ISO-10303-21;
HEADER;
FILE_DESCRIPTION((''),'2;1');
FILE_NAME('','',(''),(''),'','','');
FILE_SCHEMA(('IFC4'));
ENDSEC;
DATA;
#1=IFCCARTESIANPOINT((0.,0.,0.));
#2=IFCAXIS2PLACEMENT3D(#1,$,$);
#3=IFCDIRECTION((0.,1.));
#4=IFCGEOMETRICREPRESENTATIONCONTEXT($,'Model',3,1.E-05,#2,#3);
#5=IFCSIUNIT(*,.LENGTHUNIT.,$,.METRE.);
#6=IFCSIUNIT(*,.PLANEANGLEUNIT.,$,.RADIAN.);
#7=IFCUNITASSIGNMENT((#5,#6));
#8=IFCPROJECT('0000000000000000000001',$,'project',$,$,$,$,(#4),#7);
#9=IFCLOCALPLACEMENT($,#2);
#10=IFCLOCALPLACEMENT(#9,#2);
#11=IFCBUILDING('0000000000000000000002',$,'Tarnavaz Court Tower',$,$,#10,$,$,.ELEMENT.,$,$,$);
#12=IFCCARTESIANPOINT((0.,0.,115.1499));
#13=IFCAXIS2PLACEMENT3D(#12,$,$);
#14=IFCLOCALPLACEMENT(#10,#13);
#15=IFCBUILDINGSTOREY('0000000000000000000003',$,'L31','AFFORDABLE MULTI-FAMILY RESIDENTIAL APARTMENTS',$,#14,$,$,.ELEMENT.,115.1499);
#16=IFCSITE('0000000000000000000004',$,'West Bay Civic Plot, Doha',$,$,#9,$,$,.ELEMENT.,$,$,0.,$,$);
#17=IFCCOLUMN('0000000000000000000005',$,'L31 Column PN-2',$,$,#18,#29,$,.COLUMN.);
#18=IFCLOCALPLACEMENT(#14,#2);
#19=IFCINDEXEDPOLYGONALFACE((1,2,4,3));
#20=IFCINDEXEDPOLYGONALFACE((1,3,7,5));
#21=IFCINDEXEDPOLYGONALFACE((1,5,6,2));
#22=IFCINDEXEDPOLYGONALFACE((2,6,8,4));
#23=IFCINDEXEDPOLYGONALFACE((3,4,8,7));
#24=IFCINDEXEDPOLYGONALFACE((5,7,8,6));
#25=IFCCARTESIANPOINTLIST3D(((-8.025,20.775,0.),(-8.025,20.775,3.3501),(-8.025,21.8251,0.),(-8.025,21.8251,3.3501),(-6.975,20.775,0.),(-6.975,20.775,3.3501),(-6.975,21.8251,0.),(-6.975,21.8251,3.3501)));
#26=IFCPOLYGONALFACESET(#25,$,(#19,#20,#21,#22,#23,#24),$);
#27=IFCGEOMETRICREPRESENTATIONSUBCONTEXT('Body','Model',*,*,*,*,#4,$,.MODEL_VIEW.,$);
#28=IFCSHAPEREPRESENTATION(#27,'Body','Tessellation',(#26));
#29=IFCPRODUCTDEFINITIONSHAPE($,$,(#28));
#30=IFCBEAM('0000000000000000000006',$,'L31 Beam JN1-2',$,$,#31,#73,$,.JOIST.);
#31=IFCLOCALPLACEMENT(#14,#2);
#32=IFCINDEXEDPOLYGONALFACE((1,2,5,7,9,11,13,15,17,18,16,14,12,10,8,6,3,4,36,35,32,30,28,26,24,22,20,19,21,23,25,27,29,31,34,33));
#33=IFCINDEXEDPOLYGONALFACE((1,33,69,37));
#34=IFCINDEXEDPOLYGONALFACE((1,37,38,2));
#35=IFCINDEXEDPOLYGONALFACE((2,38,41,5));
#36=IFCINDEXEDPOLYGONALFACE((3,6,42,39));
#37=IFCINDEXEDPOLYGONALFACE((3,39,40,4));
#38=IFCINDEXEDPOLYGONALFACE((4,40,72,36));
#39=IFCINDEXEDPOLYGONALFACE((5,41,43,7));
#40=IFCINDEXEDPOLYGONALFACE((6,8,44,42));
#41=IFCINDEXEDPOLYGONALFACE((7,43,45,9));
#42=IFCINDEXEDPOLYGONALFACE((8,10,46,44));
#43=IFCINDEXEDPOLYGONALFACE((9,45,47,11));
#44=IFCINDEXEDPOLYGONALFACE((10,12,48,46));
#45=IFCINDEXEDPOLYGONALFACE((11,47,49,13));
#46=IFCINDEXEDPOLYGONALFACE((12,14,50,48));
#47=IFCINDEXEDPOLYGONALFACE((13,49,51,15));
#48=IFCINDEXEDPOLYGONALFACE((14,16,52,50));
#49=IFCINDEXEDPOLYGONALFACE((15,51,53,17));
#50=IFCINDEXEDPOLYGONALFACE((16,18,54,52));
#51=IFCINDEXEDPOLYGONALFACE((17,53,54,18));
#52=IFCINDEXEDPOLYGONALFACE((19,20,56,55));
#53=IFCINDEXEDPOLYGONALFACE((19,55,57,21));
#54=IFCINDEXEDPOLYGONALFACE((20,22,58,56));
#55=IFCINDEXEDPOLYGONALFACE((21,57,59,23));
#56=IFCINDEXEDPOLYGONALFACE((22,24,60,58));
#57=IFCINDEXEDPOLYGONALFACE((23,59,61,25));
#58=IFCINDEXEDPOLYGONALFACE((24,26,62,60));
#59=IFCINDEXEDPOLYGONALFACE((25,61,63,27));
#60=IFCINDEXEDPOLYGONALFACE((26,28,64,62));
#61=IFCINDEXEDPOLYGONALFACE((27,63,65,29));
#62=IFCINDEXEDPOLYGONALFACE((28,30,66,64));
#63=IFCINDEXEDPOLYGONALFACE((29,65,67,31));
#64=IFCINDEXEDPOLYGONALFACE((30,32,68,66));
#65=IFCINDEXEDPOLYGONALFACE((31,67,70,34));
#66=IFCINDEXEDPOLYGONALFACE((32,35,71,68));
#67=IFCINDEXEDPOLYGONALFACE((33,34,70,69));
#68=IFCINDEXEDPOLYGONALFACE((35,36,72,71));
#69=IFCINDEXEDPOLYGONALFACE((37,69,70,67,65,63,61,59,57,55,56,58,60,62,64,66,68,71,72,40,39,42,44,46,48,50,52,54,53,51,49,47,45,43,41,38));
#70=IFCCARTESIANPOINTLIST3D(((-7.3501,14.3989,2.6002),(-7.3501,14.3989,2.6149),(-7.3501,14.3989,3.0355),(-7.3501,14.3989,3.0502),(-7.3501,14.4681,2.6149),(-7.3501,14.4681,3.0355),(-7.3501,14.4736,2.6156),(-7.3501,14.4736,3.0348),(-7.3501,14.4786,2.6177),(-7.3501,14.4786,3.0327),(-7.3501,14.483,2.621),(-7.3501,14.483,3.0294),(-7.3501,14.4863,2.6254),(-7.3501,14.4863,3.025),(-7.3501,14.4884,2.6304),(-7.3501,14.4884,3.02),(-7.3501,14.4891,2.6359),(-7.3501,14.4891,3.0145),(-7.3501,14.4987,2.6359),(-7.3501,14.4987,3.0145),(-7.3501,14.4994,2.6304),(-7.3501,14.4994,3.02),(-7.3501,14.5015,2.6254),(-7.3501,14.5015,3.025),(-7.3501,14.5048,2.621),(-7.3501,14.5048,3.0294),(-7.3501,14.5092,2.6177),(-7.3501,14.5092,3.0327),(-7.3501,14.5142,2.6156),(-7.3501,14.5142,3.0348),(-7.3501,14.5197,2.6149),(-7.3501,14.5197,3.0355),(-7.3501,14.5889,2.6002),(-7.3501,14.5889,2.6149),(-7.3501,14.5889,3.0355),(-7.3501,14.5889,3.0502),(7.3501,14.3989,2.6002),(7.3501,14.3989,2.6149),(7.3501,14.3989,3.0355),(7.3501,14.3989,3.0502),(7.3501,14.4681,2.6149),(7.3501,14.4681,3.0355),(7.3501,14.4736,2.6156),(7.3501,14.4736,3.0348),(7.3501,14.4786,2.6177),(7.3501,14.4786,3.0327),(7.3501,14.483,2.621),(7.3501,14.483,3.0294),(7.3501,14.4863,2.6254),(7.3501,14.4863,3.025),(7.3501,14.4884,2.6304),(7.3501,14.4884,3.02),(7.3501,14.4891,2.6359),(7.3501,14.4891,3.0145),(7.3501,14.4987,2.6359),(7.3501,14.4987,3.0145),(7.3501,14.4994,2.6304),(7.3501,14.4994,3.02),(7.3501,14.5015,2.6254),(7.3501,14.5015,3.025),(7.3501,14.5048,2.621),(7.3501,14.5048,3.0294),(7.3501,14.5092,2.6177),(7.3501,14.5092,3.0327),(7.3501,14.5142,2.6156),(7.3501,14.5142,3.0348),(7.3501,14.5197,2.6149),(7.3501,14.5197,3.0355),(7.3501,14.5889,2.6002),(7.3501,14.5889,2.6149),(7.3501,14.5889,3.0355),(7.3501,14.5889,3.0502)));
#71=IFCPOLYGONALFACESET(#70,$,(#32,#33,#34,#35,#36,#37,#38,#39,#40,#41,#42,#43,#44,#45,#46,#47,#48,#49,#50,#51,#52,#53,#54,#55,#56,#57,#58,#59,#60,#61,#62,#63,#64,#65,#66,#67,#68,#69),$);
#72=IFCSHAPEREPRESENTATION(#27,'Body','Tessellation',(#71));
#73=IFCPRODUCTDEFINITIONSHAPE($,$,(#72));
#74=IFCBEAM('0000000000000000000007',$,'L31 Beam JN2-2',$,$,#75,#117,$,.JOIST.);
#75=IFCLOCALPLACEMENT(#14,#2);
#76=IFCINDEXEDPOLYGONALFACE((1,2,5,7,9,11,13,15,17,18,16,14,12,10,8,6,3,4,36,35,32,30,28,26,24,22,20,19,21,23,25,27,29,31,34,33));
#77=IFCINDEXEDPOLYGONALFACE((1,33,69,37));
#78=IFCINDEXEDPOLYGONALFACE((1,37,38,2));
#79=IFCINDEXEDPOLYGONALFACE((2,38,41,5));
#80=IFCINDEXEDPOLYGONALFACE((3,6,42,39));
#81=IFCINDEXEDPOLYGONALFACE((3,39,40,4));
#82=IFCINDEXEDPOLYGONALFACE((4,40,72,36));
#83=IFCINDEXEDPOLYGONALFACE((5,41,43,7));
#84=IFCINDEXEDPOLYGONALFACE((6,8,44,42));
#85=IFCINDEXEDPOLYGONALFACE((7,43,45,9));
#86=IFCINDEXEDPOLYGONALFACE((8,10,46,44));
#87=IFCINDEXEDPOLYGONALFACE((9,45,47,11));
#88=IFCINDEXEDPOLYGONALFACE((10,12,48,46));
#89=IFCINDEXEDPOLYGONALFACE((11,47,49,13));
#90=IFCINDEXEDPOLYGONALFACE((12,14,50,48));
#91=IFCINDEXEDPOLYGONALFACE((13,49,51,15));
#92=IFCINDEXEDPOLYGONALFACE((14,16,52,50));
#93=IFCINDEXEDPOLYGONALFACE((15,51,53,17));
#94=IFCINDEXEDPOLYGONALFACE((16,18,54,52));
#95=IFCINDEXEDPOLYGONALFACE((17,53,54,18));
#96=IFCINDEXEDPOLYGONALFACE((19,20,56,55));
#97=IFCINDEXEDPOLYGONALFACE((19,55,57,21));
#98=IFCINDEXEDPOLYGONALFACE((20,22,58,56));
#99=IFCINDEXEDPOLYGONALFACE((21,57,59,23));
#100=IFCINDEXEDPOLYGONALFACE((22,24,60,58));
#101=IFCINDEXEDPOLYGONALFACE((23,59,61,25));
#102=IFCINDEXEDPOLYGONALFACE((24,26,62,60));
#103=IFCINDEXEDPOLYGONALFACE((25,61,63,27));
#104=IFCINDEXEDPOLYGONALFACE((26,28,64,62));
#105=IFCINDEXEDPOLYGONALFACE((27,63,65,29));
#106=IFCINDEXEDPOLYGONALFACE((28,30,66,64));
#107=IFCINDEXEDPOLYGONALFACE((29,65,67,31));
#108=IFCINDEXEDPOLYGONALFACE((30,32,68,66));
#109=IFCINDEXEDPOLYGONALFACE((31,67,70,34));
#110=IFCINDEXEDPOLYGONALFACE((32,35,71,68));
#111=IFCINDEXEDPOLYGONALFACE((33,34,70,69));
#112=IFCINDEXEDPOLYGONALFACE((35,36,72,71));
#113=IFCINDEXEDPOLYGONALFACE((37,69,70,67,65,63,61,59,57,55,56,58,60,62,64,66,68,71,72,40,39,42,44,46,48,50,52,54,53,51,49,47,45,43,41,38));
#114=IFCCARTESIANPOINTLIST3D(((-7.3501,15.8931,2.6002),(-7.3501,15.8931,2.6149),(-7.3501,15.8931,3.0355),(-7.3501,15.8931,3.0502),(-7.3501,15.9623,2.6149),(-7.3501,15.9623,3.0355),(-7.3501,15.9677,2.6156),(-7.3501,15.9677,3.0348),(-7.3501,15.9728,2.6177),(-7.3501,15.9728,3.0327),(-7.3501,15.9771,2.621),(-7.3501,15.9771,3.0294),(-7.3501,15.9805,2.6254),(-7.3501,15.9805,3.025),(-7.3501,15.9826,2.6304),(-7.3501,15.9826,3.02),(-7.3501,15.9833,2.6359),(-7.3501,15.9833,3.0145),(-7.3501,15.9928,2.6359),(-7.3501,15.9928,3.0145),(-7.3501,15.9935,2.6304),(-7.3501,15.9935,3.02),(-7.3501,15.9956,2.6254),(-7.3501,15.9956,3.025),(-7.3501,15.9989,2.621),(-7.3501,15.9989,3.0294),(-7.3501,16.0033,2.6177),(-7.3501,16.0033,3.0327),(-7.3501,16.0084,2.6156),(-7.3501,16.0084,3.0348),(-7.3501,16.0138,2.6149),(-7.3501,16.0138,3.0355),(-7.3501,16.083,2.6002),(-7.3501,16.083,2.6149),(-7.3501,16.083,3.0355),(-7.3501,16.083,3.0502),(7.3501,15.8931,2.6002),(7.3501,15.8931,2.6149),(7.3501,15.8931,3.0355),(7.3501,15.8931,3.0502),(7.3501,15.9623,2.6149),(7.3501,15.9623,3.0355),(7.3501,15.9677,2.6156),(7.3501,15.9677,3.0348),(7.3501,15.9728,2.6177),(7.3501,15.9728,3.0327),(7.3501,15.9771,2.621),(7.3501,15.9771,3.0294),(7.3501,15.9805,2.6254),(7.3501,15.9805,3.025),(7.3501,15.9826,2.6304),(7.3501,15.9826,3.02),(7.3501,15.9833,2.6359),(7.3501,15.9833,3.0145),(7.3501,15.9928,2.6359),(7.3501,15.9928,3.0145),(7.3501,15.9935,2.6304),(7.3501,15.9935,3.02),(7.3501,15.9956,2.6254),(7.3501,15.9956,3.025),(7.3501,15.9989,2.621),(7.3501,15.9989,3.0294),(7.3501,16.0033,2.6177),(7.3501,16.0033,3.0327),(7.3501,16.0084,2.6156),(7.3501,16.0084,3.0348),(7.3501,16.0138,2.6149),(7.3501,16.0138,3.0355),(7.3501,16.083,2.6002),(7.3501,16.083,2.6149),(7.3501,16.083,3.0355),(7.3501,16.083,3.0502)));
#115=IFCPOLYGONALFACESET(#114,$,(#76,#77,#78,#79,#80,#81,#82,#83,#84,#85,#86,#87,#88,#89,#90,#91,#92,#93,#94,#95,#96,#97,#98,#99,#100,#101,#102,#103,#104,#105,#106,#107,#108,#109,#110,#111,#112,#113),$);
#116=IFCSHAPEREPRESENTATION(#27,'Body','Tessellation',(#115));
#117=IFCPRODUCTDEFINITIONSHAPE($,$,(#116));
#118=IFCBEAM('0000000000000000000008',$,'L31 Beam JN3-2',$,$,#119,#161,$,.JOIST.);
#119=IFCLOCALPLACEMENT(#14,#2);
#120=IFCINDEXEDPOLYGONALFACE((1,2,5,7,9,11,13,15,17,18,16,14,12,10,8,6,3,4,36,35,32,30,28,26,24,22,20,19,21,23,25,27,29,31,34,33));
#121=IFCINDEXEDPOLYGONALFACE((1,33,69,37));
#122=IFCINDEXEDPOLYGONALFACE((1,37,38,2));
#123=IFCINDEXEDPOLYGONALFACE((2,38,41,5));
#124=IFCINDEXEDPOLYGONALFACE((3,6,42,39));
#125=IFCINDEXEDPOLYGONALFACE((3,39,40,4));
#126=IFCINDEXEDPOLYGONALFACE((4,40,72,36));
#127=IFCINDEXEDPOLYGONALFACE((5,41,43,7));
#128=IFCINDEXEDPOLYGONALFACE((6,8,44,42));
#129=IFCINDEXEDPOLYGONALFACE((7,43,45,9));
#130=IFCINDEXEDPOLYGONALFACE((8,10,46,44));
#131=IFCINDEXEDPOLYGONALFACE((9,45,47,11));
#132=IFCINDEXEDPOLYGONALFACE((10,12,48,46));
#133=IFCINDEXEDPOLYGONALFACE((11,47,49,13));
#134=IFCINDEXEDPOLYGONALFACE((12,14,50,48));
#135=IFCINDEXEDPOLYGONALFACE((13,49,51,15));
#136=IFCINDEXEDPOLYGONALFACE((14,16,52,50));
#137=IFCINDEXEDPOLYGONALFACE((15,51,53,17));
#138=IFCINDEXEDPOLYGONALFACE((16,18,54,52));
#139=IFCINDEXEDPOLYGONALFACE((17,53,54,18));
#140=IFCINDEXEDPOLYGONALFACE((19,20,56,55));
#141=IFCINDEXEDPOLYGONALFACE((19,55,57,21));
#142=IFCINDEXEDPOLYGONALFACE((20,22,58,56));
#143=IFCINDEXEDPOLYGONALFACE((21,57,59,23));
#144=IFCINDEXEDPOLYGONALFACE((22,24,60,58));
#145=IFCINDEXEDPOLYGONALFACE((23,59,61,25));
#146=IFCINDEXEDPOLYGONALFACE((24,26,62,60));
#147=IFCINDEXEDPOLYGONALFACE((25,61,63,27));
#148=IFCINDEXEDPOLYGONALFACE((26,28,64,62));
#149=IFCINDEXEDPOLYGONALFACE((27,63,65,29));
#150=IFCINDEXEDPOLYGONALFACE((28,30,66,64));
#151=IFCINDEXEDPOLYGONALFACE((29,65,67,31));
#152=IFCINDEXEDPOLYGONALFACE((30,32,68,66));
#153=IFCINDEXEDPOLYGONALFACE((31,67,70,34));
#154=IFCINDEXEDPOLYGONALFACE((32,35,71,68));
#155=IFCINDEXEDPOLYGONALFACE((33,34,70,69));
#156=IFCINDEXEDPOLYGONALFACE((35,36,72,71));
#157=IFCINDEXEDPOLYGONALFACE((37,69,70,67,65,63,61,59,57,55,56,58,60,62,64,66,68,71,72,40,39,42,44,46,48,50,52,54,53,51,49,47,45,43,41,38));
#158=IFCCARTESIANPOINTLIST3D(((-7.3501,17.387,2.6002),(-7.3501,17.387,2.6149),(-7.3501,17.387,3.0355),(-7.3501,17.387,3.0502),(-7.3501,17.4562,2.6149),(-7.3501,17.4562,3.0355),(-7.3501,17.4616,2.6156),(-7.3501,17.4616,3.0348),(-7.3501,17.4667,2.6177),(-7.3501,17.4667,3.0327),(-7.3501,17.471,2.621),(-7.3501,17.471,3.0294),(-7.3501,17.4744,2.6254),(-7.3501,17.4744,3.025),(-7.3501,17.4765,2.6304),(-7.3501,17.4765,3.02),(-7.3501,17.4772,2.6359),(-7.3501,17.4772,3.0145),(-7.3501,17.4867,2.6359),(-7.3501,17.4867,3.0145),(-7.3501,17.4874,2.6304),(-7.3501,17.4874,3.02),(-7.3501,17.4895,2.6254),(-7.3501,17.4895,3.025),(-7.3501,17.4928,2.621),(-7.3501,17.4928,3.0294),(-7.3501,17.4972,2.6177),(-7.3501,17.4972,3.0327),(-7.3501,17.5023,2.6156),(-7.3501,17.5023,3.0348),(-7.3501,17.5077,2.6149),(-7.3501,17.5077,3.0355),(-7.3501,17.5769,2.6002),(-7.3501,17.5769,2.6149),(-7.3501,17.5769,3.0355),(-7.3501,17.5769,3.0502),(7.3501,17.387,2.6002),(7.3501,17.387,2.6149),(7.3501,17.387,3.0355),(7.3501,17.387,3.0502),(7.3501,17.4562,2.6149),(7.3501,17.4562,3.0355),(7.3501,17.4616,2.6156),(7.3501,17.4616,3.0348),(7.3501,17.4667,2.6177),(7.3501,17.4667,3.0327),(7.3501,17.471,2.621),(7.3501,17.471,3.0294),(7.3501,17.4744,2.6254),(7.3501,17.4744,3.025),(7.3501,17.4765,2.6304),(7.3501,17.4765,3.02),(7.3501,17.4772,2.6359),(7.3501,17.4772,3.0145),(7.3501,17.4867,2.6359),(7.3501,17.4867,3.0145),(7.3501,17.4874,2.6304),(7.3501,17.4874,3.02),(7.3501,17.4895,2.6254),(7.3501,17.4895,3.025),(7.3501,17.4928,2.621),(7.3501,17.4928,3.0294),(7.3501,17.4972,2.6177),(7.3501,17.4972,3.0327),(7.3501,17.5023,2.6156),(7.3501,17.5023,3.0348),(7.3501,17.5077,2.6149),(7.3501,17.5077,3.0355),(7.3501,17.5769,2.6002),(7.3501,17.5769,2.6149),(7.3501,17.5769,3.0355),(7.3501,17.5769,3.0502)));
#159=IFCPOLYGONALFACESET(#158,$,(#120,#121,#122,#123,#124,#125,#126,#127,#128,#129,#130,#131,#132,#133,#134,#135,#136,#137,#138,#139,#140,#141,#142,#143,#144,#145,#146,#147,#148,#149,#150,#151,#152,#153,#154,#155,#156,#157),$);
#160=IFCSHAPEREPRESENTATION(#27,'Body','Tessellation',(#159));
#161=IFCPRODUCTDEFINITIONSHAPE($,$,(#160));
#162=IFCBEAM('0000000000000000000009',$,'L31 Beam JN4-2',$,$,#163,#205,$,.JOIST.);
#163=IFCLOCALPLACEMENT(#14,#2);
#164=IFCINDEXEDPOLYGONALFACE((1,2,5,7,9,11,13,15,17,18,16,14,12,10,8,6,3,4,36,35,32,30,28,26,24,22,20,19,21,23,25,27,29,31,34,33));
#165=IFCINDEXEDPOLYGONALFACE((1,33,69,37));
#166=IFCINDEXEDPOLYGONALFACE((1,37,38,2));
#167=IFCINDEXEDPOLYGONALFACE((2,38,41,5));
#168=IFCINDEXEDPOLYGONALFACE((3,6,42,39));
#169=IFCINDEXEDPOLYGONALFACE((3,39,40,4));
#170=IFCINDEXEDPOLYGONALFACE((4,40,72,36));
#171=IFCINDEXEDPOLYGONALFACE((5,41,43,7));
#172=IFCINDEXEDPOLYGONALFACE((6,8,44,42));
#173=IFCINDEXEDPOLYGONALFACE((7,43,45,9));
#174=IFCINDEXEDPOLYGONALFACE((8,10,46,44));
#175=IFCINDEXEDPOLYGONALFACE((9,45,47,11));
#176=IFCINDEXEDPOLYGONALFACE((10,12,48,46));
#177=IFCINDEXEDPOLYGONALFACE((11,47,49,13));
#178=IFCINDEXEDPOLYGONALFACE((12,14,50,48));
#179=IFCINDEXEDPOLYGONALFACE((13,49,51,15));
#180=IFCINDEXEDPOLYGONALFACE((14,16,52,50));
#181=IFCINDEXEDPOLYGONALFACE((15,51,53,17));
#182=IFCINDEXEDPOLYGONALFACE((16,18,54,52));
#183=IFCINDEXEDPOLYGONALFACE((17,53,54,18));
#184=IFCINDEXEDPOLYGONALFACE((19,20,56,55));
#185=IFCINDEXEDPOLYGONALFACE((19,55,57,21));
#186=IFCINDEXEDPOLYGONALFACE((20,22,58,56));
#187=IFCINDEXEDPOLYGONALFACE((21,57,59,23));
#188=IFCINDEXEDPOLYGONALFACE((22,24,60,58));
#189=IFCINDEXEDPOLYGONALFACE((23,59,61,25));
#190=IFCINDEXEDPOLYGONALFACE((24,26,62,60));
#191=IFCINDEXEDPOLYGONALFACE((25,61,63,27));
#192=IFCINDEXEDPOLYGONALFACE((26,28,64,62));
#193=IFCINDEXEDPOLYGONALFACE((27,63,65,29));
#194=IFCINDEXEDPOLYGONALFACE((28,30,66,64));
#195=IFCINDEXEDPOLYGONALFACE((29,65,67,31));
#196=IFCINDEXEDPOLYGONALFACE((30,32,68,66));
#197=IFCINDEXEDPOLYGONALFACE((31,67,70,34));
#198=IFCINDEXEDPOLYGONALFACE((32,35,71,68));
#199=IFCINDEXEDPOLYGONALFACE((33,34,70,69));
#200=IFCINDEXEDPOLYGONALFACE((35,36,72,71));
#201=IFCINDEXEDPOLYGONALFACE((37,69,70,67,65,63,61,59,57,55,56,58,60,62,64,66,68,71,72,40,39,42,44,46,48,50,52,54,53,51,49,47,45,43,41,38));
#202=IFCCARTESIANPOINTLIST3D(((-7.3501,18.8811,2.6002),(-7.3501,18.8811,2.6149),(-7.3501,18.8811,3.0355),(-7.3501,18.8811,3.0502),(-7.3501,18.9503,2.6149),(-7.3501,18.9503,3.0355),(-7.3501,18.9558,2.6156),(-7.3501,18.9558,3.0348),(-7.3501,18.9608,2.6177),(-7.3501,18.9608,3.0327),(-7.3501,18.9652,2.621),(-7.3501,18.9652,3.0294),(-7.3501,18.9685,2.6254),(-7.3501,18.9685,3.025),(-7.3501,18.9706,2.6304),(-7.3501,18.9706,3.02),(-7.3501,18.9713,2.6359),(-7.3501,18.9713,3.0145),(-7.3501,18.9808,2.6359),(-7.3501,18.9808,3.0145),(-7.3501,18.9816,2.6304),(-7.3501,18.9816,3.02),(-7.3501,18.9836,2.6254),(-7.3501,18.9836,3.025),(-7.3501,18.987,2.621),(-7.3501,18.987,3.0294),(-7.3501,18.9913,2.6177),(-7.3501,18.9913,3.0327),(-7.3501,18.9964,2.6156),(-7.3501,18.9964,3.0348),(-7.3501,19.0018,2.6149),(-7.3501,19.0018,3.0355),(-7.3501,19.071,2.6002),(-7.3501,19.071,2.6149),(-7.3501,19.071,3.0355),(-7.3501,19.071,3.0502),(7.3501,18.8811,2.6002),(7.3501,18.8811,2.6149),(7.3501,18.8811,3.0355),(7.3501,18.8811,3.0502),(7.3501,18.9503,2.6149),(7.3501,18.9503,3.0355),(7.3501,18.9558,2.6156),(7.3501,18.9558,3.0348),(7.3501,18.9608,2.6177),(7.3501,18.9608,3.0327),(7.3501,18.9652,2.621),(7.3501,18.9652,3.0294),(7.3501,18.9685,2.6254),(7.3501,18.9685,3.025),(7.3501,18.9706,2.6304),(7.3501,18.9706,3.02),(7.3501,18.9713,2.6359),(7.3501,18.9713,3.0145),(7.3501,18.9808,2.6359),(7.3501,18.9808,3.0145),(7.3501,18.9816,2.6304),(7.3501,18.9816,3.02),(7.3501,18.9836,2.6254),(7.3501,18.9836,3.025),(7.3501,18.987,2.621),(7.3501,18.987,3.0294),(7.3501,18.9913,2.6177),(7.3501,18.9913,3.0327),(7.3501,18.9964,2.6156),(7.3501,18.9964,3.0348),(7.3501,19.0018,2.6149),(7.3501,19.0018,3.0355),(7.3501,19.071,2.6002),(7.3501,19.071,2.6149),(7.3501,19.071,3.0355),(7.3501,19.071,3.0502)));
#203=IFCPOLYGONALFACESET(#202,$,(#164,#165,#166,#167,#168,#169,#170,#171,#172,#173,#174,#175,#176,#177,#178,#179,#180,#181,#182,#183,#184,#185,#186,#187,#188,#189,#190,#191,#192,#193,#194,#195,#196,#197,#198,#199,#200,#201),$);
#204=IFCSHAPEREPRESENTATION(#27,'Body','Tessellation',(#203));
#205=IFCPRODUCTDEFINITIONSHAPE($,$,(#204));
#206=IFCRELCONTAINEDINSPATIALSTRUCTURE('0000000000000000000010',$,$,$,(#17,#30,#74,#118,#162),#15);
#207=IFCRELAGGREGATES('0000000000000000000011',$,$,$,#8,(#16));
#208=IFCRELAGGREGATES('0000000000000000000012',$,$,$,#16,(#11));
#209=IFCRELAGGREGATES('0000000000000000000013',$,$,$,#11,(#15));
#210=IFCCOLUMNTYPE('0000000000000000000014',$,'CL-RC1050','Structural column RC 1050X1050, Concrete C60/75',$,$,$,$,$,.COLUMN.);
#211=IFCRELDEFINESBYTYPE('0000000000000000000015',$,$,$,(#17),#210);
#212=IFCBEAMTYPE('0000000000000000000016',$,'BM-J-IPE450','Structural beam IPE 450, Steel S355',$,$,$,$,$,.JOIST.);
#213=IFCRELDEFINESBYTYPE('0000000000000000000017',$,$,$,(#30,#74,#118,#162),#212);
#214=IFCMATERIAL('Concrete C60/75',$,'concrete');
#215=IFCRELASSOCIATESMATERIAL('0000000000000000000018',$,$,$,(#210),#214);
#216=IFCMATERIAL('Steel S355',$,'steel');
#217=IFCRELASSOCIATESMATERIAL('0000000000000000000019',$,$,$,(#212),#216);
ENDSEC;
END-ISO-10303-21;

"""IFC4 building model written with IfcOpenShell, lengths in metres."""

from ifc_helpers import new_model, si_unit, direction, frame, origin, origin_2d, place, context, subcontext, project, spatial, rectangle, i_section, extrude, material, material_profile, profile_set, type_object, element, save


model = new_model("IFC4")

# Units and contexts
model_context = context("Model", 3, precision=1e-05, world=origin(), true_north=direction((0.0, 1.0)))
body_context = subcontext(model_context, "Body", "Model", "MODEL_VIEW")
ifc_project = project(units=[si_unit("LENGTHUNIT", "METRE"), si_unit("PLANEANGLEUNIT", "RADIAN")], contexts=[model_context])

# Site, building, storey
site_placement = place(None, origin())
site = spatial("IfcSite", under=ifc_project, at=site_placement, Name="West Bay Civic Plot, Doha", CompositionType="ELEMENT", RefElevation=0.0)
building_placement = place(site_placement, origin())
building = spatial("IfcBuilding", under=site, at=building_placement, Name="Tarnavaz Court Tower", CompositionType="ELEMENT")
storey_placement = place(building_placement, frame((0.0, 0.0, 115.1499)))
storey = spatial("IfcBuildingStorey", under=building, at=storey_placement, Name="L31", Description="AFFORDABLE MULTI-FAMILY RESIDENTIAL APARTMENTS", CompositionType="ELEMENT", Elevation=115.1499)

# Column
ifc_material_1 = material(Name="Concrete C60/75", Category="concrete")
ifc_material_profile_1 = material_profile(ifc_material_1, rectangle(XDim=1.05, YDim=1.05, at=origin_2d()), Name="RC 1050X1050")
ifc_profile_set_1 = profile_set([ifc_material_profile_1], Name="Concrete C60/75")
column_type = type_object("IfcColumnType", Name="CL-RC1050", Description="Structural column RC 1050X1050, Concrete C60/75", PredefinedType="COLUMN", material=ifc_profile_set_1)
column_placement = place(storey_placement, frame((-7.5, 21.3, 0.0), z_axis=(0.0, 0.0, 1.0), x_axis=(1.0, 0.0, 0.0)))
element("IfcColumn", 1, at=column_placement, inside=storey, type_object=column_type, Name="L31 Column PN-2", PredefinedType="COLUMN", context=body_context, shape_type="SweptSolid", body=[
    extrude(rectangle(XDim=1.05, YDim=1.05, at=origin_2d()), origin(), (0.0, 0.0, 1.0), 3.3501),
])

# Beams
ifc_material_2 = material(Name="Steel S355", Category="steel")
ifc_material_profile_2 = material_profile(ifc_material_2, i_section(OverallWidth=0.1899, OverallDepth=0.45, WebThickness=0.0095, FlangeThickness=0.0146, FilletRadius=0.021, at=origin_2d()), Name="IPE 450")
ifc_profile_set_2 = profile_set([ifc_material_profile_2], Name="Steel S355")
beam_type_1 = type_object("IfcBeamType", Name="BM-J-IPE450", Description="Structural beam IPE 450, Steel S355", PredefinedType="JOIST", material=ifc_profile_set_2)
for number, where, z_axis, x_axis, name in (
    (2, (-7.3501, 14.4939, 2.8252), (1.0, 0.0, 0.0), (0.0, 1.0, 0.0), "L31 Beam JN1-2"),
    (3, (-7.3501, 15.988, 2.8252), (1.0, 0.0, 0.0), (0.0, 1.0, 0.0), "L31 Beam JN2-2"),
    (4, (-7.3501, 17.4819, 2.8252), (1.0, 0.0, 0.0), (0.0, 1.0, 0.0), "L31 Beam JN3-2"),
    (5, (-7.3501, 18.9761, 2.8252), (1.0, 0.0, 0.0), (0.0, 1.0, 0.0), "L31 Beam JN4-2"),
):
    element("IfcBeam", number, at=place(storey_placement, frame(where, z_axis=z_axis, x_axis=x_axis)), inside=storey, type_object=beam_type_1, Name=name, PredefinedType="JOIST", context=body_context, shape_type="SweptSolid", body=[
        extrude(i_section(OverallWidth=0.1899, OverallDepth=0.45, WebThickness=0.0095, FlangeThickness=0.0146, FilletRadius=0.021, at=origin_2d()), origin(), (0.0, 0.0, 1.0), 14.7002),
    ])

save(model, "model.ifc")
